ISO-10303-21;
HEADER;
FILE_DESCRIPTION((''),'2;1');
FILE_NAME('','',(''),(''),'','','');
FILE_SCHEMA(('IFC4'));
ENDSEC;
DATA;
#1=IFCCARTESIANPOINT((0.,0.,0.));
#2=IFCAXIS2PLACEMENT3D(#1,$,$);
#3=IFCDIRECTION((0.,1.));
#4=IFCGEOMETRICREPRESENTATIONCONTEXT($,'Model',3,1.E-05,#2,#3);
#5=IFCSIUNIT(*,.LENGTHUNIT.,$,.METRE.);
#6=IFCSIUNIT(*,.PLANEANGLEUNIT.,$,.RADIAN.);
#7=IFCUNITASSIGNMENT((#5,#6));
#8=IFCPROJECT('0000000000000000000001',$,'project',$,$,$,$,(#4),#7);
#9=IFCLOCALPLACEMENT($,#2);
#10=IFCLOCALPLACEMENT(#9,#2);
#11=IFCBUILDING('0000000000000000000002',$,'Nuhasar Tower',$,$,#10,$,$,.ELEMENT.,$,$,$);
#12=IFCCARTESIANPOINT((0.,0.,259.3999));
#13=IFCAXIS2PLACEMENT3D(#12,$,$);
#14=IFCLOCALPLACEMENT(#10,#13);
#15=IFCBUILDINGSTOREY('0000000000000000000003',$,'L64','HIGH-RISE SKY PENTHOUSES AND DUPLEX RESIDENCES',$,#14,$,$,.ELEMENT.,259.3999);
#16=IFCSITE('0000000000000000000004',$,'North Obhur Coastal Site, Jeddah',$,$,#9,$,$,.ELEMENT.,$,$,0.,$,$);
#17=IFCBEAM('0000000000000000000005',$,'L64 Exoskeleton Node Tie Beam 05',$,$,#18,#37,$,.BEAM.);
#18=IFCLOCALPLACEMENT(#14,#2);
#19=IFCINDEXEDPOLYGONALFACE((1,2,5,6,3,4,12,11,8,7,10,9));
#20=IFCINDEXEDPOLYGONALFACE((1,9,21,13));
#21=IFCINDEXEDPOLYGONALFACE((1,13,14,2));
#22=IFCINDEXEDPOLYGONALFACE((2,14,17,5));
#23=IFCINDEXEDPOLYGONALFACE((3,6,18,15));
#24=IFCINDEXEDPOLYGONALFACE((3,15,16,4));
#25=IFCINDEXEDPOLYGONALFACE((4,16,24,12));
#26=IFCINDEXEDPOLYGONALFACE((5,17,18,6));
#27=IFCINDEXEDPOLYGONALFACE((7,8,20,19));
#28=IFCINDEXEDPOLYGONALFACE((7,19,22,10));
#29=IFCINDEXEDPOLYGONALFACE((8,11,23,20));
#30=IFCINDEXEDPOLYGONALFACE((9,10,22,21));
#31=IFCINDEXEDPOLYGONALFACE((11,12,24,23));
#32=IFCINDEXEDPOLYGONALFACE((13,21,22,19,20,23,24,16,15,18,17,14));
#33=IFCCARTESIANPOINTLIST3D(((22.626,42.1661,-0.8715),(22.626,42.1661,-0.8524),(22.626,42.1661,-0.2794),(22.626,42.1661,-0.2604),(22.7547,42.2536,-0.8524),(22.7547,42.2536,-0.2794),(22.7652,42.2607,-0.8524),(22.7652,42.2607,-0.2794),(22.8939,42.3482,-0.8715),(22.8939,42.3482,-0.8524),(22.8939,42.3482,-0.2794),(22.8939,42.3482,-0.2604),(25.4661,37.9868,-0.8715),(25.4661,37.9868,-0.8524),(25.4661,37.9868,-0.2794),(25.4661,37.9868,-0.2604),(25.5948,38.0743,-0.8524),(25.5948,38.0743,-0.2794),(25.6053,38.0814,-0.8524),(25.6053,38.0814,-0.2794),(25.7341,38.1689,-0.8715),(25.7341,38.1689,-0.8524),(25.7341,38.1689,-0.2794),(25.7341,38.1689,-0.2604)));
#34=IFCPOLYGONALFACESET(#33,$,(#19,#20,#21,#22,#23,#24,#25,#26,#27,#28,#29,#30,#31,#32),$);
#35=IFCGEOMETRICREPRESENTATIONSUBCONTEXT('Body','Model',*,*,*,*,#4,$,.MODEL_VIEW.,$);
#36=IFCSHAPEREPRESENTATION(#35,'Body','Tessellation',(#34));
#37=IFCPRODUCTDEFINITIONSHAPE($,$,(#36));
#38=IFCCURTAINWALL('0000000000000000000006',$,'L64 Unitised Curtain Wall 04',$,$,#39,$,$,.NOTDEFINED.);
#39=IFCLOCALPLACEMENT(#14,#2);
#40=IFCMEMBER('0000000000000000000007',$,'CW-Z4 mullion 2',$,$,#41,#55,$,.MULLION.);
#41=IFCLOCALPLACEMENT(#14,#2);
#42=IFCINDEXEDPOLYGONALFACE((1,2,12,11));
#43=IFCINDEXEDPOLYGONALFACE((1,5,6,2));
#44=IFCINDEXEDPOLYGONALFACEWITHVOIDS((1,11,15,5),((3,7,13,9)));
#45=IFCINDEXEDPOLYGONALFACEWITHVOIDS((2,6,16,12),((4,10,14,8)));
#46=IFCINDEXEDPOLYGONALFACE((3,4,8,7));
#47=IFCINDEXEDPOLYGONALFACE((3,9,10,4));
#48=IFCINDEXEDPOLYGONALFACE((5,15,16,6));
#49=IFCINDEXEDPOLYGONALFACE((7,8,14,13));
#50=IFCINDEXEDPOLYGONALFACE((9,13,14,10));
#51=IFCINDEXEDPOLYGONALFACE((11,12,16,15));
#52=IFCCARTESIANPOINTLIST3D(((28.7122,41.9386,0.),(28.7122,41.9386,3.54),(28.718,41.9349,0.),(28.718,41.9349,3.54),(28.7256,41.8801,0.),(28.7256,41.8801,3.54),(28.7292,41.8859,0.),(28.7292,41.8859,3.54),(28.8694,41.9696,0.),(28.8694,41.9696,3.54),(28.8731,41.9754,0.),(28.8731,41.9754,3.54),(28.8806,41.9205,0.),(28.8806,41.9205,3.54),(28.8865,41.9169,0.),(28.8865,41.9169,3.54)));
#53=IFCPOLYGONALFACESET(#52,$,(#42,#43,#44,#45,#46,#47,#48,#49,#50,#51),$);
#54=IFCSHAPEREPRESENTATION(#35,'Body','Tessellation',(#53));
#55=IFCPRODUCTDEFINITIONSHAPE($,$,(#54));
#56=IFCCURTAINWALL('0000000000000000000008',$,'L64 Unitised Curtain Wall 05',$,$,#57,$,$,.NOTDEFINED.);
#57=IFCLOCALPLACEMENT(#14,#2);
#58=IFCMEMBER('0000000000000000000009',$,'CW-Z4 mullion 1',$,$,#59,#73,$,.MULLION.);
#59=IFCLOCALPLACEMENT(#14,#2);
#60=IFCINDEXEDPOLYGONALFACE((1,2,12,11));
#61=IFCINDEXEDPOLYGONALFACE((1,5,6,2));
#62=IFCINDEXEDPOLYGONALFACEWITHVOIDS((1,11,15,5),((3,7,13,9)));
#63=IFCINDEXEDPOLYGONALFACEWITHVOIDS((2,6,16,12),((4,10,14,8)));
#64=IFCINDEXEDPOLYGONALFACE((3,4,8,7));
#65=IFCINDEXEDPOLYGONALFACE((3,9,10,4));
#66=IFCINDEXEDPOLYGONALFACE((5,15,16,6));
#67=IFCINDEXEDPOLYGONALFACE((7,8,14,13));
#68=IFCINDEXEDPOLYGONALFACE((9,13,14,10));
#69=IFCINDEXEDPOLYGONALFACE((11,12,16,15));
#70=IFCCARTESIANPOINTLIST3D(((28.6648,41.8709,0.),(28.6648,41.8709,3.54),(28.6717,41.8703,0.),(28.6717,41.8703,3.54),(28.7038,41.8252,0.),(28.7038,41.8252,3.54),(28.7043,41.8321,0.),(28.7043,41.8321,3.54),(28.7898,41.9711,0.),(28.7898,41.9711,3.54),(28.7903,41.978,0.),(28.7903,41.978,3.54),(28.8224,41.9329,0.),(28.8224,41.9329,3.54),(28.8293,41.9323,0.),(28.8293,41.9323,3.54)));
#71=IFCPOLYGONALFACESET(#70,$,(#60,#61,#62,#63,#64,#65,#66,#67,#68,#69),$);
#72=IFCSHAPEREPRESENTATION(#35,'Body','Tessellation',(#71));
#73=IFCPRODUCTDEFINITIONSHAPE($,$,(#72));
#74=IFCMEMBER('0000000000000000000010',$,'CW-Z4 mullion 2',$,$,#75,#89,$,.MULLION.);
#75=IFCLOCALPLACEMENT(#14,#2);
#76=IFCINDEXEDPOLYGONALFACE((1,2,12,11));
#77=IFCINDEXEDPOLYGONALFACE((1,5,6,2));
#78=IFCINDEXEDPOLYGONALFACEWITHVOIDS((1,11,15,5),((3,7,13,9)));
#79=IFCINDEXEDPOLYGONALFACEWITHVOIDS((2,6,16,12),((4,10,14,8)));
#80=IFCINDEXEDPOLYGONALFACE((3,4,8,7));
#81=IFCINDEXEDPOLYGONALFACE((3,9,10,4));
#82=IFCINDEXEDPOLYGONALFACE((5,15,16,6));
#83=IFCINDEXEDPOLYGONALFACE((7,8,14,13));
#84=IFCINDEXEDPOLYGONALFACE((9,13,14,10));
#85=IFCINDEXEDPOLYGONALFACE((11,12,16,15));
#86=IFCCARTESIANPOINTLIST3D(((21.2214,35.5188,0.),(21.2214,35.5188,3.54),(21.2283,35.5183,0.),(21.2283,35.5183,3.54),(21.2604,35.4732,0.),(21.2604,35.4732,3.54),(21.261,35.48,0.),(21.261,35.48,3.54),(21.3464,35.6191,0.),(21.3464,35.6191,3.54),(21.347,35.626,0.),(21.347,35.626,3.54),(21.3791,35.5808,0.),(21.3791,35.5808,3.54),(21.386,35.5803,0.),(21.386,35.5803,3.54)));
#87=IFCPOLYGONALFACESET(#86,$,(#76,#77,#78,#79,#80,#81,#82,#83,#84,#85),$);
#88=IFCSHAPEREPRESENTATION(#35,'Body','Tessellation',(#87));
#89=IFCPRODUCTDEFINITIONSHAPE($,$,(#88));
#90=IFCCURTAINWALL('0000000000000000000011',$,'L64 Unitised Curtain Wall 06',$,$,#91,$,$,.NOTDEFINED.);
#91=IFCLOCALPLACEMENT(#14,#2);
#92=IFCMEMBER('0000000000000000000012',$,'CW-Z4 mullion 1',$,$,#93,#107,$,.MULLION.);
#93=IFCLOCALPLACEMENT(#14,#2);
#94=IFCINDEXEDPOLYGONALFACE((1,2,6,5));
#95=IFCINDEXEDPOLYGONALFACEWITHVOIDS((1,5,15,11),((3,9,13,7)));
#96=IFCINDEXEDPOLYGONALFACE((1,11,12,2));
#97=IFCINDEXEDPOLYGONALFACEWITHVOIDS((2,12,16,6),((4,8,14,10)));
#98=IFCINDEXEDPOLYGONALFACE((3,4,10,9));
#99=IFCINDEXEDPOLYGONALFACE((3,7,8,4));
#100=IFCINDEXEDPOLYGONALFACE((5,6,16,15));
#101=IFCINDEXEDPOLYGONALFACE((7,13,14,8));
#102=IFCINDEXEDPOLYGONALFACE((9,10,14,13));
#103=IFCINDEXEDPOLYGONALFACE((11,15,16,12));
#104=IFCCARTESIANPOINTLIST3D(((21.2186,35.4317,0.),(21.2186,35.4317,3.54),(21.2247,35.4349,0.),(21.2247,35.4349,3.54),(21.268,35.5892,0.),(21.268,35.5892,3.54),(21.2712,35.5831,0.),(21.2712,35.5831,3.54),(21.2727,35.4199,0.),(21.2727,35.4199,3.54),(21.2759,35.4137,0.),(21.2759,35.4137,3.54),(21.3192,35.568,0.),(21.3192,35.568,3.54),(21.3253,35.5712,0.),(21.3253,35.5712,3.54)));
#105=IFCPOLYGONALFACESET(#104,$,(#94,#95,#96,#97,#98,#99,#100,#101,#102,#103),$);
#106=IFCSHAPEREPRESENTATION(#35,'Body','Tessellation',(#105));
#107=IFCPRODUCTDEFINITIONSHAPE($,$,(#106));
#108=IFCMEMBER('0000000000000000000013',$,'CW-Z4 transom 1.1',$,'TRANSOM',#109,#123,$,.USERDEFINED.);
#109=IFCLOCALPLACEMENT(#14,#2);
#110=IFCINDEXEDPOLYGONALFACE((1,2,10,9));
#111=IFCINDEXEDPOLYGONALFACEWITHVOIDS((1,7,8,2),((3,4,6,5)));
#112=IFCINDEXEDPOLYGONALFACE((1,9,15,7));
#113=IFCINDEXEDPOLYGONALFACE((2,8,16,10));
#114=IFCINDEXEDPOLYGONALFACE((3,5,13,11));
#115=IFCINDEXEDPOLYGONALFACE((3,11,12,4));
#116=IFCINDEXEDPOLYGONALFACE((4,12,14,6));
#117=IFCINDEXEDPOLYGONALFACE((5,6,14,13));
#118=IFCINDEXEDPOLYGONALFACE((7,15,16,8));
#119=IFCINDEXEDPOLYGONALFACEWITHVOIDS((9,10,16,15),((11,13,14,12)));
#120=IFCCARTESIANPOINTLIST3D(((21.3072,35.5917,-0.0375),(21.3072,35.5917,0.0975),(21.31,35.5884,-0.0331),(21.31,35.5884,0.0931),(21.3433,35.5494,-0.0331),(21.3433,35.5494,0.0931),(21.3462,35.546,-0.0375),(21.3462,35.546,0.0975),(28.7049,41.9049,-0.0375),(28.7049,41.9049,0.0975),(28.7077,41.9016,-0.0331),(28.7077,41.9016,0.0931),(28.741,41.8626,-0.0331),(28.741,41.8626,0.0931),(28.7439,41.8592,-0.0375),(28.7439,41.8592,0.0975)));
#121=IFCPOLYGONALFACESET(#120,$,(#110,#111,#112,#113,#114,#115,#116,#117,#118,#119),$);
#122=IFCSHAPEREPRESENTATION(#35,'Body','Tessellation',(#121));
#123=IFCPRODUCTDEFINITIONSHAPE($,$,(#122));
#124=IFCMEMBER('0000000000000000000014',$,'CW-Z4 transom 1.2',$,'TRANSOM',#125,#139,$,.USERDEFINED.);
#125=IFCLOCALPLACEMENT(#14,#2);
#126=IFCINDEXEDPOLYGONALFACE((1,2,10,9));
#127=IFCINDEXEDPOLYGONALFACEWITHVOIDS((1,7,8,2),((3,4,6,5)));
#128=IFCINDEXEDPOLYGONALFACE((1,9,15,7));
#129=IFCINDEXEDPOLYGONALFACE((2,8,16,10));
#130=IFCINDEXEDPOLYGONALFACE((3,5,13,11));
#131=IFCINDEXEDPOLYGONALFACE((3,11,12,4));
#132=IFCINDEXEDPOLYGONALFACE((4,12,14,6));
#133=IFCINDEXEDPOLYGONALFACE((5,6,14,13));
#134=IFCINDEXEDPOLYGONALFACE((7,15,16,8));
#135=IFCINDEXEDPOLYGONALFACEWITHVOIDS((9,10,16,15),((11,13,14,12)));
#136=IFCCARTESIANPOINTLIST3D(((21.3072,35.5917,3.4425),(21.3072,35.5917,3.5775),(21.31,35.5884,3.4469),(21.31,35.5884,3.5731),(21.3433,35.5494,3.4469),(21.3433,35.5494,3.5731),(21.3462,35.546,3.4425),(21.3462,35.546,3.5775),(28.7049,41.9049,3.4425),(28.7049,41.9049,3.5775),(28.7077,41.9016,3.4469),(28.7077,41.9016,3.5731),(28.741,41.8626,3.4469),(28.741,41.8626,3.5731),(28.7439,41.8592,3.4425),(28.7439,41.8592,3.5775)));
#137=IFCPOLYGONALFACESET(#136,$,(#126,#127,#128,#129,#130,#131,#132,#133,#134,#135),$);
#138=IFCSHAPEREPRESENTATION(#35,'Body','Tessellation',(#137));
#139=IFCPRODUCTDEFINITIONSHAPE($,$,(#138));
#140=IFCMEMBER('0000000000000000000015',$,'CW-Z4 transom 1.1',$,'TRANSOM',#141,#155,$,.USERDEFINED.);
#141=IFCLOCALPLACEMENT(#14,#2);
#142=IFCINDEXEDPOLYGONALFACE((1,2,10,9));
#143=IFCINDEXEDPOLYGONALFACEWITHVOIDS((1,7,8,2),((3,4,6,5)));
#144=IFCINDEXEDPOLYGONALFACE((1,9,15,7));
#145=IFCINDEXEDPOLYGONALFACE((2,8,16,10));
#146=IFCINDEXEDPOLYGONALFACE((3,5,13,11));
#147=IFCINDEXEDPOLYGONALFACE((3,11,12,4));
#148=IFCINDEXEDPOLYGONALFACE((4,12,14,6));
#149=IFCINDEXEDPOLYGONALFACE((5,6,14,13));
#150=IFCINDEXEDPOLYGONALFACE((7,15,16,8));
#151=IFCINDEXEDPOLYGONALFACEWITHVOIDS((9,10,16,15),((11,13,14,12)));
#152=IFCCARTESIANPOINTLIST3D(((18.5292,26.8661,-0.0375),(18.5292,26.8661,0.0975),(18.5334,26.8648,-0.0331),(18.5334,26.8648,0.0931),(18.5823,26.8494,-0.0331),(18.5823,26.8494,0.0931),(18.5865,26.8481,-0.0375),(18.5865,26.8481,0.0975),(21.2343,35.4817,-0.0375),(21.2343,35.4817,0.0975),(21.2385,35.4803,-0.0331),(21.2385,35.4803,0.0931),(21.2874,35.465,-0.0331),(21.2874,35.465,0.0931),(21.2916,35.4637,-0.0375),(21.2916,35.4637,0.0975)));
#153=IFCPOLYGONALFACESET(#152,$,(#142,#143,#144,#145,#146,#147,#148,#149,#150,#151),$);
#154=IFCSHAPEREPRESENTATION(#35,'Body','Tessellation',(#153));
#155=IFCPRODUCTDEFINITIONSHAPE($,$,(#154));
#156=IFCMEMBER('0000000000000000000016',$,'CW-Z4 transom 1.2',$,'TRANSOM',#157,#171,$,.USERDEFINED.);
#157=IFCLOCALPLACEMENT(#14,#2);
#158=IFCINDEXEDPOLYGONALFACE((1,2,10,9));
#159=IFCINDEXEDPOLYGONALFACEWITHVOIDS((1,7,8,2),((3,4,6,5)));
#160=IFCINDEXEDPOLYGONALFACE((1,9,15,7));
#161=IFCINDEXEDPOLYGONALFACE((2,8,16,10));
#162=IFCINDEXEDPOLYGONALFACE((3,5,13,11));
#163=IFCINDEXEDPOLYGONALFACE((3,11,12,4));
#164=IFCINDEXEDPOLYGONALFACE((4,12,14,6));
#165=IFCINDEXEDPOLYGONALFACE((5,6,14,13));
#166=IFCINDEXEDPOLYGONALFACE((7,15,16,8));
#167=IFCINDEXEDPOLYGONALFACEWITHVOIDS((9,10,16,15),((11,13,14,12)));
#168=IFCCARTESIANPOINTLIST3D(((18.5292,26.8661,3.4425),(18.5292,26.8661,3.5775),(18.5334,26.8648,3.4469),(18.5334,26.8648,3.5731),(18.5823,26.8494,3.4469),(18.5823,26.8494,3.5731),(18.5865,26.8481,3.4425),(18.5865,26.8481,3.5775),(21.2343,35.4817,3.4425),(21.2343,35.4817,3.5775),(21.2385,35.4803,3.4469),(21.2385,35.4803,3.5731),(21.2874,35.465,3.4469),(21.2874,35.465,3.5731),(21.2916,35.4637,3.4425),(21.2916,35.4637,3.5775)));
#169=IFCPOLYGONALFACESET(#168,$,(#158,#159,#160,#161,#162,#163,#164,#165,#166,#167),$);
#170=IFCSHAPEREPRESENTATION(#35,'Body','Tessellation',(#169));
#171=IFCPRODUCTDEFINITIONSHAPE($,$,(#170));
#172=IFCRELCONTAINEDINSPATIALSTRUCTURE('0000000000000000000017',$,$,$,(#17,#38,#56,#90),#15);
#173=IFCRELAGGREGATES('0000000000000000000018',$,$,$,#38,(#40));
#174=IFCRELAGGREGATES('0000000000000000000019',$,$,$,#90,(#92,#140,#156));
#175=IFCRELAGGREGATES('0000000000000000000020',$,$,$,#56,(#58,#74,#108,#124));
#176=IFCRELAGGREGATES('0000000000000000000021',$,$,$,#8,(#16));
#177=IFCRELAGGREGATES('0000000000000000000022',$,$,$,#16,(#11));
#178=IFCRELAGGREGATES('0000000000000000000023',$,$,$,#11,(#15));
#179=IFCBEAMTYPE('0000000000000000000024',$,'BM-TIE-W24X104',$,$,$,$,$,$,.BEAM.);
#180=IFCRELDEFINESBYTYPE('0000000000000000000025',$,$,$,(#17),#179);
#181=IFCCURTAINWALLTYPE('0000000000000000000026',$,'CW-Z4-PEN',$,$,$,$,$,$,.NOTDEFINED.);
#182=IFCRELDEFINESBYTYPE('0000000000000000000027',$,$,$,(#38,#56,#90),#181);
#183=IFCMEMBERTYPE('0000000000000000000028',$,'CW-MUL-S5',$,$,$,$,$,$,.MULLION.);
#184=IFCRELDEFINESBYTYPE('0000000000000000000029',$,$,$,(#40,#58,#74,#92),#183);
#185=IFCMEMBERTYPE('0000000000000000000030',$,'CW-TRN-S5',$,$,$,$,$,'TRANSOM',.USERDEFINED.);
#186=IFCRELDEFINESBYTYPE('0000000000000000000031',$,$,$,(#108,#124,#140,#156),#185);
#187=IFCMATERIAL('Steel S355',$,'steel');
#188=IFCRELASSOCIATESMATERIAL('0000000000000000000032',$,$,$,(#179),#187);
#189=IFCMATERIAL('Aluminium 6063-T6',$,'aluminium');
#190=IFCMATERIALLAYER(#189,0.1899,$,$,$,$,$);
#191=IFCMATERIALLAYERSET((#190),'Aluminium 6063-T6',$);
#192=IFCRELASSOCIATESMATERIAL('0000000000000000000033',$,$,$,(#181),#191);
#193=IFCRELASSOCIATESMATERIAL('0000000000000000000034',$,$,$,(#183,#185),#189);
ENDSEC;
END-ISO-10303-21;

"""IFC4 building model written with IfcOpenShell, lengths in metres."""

from ifc_helpers import new_model, si_unit, direction, frame, origin, origin_2d, place, context, subcontext, project, spatial, hollow_rectangle, i_section, extrude, material, layer, layer_set, material_profile, profile_set, type_object, element, aggregate, save


model = new_model("IFC4")

# Units and contexts
model_context = context("Model", 3, precision=1e-05, world=origin(), true_north=direction((0.0, 1.0)))
body_context = subcontext(model_context, "Body", "Model", "MODEL_VIEW")
ifc_project = project(units=[si_unit("LENGTHUNIT", "METRE"), si_unit("PLANEANGLEUNIT", "RADIAN")], contexts=[model_context])

# Site, building, storey
site_placement = place(None, origin())
site = spatial("IfcSite", under=ifc_project, at=site_placement, Name="North Obhur Coastal Site, Jeddah", CompositionType="ELEMENT", RefElevation=0.0)
building_placement = place(site_placement, origin())
building = spatial("IfcBuilding", under=site, at=building_placement, Name="Nuhasar Tower", CompositionType="ELEMENT")
storey_placement = place(building_placement, frame((0.0, 0.0, 259.3999)))
storey = spatial("IfcBuildingStorey", under=building, at=storey_placement, Name="L64", Description="HIGH-RISE SKY PENTHOUSES AND DUPLEX RESIDENCES", CompositionType="ELEMENT", Elevation=259.3999)

# Beam
ifc_material_1 = material(Name="Steel S355", Category="steel")
ifc_material_profile_1 = material_profile(ifc_material_1, i_section(OverallWidth=0.324, OverallDepth=0.6111, WebThickness=0.0127, FlangeThickness=0.019, at=origin_2d()), Name="W24X104")
ifc_profile_set_1 = profile_set([ifc_material_profile_1], Name="Steel S355")
beam_type_1 = type_object("IfcBeamType", Name="BM-TIE-W24X104", PredefinedType="BEAM", material=ifc_profile_set_1)
beam_1_placement = place(storey_placement, frame((25.6001, 38.0779, -0.5659), z_axis=(-0.562071, 0.827089, 0.0), x_axis=(-0.827089, -0.562071, 0.0)))
element("IfcBeam", 1, at=beam_1_placement, inside=storey, type_object=beam_type_1, Name="L64 Exoskeleton Node Tie Beam 05", PredefinedType="BEAM", context=body_context, shape_type="SweptSolid", body=[
    extrude(i_section(OverallWidth=0.324, OverallDepth=0.6111, WebThickness=0.0127, FlangeThickness=0.019, at=origin_2d()), origin(), (0.0, 0.0, 1.0), 5.053),
])

# Curtain wall, member
ifc_material_2 = material(Name="Aluminium 6063-T6", Category="aluminium")
ifc_layer_1 = layer(ifc_material_2, 0.1899)
ifc_layer_set_1 = layer_set([ifc_layer_1], Name="Aluminium 6063-T6")
curtain_wall_type = type_object("IfcCurtainWallType", Name="CW-Z4-PEN", PredefinedType="NOTDEFINED", material=ifc_layer_set_1)
curtain_wall_1_placement = place(storey_placement, origin())
curtain_wall_1 = element("IfcCurtainWall", 2, at=curtain_wall_1_placement, inside=storey, type_object=curtain_wall_type, Name="L64 Unitised Curtain Wall 04", PredefinedType="NOTDEFINED")
ifc_material_profile_2 = material_profile(ifc_material_2, hollow_rectangle(XDim=0.0601, YDim=0.165, WallThickness=0.0049, at=origin_2d()), Name="CWM-5")
ifc_profile_set_2 = profile_set([ifc_material_profile_2], Name="Aluminium 6063-T6")
member_type_1 = type_object("IfcMemberType", Name="CW-MUL-S5", PredefinedType="MULLION", material=ifc_profile_set_2)
member_1_placement = place(storey_placement, frame((28.7993, 41.9277, 0.0), z_axis=(0.0, 0.0, 1.0), x_axis=(0.222889, -0.974844, 0.0)))
member_1 = element("IfcMember", 3, at=member_1_placement, type_object=member_type_1, Name="CW-Z4 mullion 2", PredefinedType="MULLION", context=body_context, shape_type="SweptSolid", body=[
    extrude(hollow_rectangle(XDim=0.0601, YDim=0.165, WallThickness=0.0049, at=origin_2d()), origin(), (0.0, 0.0, 1.0), 3.54),
])
aggregate(curtain_wall_1, [member_1])

# Curtain wall, members
curtain_wall_2_placement = place(storey_placement, origin())
curtain_wall_2 = element("IfcCurtainWall", 4, at=curtain_wall_2_placement, inside=storey, type_object=curtain_wall_type, Name="L64 Unitised Curtain Wall 05", PredefinedType="NOTDEFINED")
member_2_placement = place(storey_placement, frame((28.7471, 41.9016, 0.0), z_axis=(0.0, 0.0, 1.0), x_axis=(0.649142, -0.760667, 0.0)))
member_2 = element("IfcMember", 5, at=member_2_placement, type_object=member_type_1, Name="CW-Z4 mullion 1", PredefinedType="MULLION", context=body_context, shape_type="SweptSolid", body=[
    extrude(hollow_rectangle(XDim=0.0601, YDim=0.165, WallThickness=0.0049, at=origin_2d()), origin(), (0.0, 0.0, 1.0), 3.54),
])
member_3_placement = place(storey_placement, frame((21.3037, 35.5496, 0.0), z_axis=(0.0, 0.0, 1.0), x_axis=(0.649142, -0.760667, 0.0)))
member_3 = element("IfcMember", 6, at=member_3_placement, type_object=member_type_1, Name="CW-Z4 mullion 2", PredefinedType="MULLION", context=body_context, shape_type="SweptSolid", body=[
    extrude(hollow_rectangle(XDim=0.0601, YDim=0.165, WallThickness=0.0049, at=origin_2d()), origin(), (0.0, 0.0, 1.0), 3.54),
])

# Curtain wall, member
curtain_wall_3_placement = place(storey_placement, origin())
curtain_wall_3 = element("IfcCurtainWall", 7, at=curtain_wall_3_placement, inside=storey, type_object=curtain_wall_type, Name="L64 Unitised Curtain Wall 06", PredefinedType="NOTDEFINED")
member_4_placement = place(storey_placement, frame((21.272, 35.5015, 0.0), z_axis=(0.0, 0.0, 1.0), x_axis=(0.954079, -0.299557, 0.0)))
member_4 = element("IfcMember", 8, at=member_4_placement, type_object=member_type_1, Name="CW-Z4 mullion 1", PredefinedType="MULLION", context=body_context, shape_type="SweptSolid", body=[
    extrude(hollow_rectangle(XDim=0.0601, YDim=0.165, WallThickness=0.0049, at=origin_2d()), origin(), (0.0, 0.0, 1.0), 3.54),
])

# Members
ifc_material_profile_3 = material_profile(ifc_material_2, hollow_rectangle(XDim=0.0601, YDim=0.135, WallThickness=0.0044, at=origin_2d()), Name="CWT-5")
ifc_profile_set_3 = profile_set([ifc_material_profile_3], Name="Aluminium 6063-T6")
member_type_2 = type_object("IfcMemberType", Name="CW-TRN-S5", ElementType="TRANSOM", PredefinedType="USERDEFINED", material=ifc_profile_set_3)
member_5_placement = place(storey_placement, frame((28.7244, 41.8821, 0.03), z_axis=(-0.76066, -0.64915, 0.0), x_axis=(0.64915, -0.76066, 0.0)))
member_5 = element("IfcMember", 9, at=member_5_placement, type_object=member_type_2, Name="CW-Z4 transom 1.1", ObjectType="TRANSOM", PredefinedType="USERDEFINED", context=body_context, shape_type="SweptSolid", body=[
    extrude(hollow_rectangle(XDim=0.0601, YDim=0.135, WallThickness=0.0044, at=origin_2d()), origin(), (0.0, 0.0, 1.0), 9.7253),
])
member_6_placement = place(storey_placement, frame((28.7244, 41.8821, 3.51), z_axis=(-0.76066, -0.64915, 0.0), x_axis=(0.64915, -0.76066, 0.0)))
member_6 = element("IfcMember", 10, at=member_6_placement, type_object=member_type_2, Name="CW-Z4 transom 1.2", ObjectType="TRANSOM", PredefinedType="USERDEFINED", context=body_context, shape_type="SweptSolid", body=[
    extrude(hollow_rectangle(XDim=0.0601, YDim=0.135, WallThickness=0.0044, at=origin_2d()), origin(), (0.0, 0.0, 1.0), 9.7253),
])
member_7_placement = place(storey_placement, frame((21.2629, 35.4727, 0.03), z_axis=(-0.29956, -0.954077, 0.0), x_axis=(0.954077, -0.29956, 0.0)))
member_7 = element("IfcMember", 11, at=member_7_placement, type_object=member_type_2, Name="CW-Z4 transom 1.1", ObjectType="TRANSOM", PredefinedType="USERDEFINED", context=body_context, shape_type="SweptSolid", body=[
    extrude(hollow_rectangle(XDim=0.0601, YDim=0.135, WallThickness=0.0044, at=origin_2d()), origin(), (0.0, 0.0, 1.0), 9.0303),
])
member_8_placement = place(storey_placement, frame((21.2629, 35.4727, 3.51), z_axis=(-0.29956, -0.954077, 0.0), x_axis=(0.954077, -0.29956, 0.0)))
member_8 = element("IfcMember", 12, at=member_8_placement, type_object=member_type_2, Name="CW-Z4 transom 1.2", ObjectType="TRANSOM", PredefinedType="USERDEFINED", context=body_context, shape_type="SweptSolid", body=[
    extrude(hollow_rectangle(XDim=0.0601, YDim=0.135, WallThickness=0.0044, at=origin_2d()), origin(), (0.0, 0.0, 1.0), 9.0303),
])
aggregate(curtain_wall_3, [member_4, member_7, member_8])

aggregate(curtain_wall_2, [member_2, member_3, member_5, member_6])

save(model, "model.ifc")
